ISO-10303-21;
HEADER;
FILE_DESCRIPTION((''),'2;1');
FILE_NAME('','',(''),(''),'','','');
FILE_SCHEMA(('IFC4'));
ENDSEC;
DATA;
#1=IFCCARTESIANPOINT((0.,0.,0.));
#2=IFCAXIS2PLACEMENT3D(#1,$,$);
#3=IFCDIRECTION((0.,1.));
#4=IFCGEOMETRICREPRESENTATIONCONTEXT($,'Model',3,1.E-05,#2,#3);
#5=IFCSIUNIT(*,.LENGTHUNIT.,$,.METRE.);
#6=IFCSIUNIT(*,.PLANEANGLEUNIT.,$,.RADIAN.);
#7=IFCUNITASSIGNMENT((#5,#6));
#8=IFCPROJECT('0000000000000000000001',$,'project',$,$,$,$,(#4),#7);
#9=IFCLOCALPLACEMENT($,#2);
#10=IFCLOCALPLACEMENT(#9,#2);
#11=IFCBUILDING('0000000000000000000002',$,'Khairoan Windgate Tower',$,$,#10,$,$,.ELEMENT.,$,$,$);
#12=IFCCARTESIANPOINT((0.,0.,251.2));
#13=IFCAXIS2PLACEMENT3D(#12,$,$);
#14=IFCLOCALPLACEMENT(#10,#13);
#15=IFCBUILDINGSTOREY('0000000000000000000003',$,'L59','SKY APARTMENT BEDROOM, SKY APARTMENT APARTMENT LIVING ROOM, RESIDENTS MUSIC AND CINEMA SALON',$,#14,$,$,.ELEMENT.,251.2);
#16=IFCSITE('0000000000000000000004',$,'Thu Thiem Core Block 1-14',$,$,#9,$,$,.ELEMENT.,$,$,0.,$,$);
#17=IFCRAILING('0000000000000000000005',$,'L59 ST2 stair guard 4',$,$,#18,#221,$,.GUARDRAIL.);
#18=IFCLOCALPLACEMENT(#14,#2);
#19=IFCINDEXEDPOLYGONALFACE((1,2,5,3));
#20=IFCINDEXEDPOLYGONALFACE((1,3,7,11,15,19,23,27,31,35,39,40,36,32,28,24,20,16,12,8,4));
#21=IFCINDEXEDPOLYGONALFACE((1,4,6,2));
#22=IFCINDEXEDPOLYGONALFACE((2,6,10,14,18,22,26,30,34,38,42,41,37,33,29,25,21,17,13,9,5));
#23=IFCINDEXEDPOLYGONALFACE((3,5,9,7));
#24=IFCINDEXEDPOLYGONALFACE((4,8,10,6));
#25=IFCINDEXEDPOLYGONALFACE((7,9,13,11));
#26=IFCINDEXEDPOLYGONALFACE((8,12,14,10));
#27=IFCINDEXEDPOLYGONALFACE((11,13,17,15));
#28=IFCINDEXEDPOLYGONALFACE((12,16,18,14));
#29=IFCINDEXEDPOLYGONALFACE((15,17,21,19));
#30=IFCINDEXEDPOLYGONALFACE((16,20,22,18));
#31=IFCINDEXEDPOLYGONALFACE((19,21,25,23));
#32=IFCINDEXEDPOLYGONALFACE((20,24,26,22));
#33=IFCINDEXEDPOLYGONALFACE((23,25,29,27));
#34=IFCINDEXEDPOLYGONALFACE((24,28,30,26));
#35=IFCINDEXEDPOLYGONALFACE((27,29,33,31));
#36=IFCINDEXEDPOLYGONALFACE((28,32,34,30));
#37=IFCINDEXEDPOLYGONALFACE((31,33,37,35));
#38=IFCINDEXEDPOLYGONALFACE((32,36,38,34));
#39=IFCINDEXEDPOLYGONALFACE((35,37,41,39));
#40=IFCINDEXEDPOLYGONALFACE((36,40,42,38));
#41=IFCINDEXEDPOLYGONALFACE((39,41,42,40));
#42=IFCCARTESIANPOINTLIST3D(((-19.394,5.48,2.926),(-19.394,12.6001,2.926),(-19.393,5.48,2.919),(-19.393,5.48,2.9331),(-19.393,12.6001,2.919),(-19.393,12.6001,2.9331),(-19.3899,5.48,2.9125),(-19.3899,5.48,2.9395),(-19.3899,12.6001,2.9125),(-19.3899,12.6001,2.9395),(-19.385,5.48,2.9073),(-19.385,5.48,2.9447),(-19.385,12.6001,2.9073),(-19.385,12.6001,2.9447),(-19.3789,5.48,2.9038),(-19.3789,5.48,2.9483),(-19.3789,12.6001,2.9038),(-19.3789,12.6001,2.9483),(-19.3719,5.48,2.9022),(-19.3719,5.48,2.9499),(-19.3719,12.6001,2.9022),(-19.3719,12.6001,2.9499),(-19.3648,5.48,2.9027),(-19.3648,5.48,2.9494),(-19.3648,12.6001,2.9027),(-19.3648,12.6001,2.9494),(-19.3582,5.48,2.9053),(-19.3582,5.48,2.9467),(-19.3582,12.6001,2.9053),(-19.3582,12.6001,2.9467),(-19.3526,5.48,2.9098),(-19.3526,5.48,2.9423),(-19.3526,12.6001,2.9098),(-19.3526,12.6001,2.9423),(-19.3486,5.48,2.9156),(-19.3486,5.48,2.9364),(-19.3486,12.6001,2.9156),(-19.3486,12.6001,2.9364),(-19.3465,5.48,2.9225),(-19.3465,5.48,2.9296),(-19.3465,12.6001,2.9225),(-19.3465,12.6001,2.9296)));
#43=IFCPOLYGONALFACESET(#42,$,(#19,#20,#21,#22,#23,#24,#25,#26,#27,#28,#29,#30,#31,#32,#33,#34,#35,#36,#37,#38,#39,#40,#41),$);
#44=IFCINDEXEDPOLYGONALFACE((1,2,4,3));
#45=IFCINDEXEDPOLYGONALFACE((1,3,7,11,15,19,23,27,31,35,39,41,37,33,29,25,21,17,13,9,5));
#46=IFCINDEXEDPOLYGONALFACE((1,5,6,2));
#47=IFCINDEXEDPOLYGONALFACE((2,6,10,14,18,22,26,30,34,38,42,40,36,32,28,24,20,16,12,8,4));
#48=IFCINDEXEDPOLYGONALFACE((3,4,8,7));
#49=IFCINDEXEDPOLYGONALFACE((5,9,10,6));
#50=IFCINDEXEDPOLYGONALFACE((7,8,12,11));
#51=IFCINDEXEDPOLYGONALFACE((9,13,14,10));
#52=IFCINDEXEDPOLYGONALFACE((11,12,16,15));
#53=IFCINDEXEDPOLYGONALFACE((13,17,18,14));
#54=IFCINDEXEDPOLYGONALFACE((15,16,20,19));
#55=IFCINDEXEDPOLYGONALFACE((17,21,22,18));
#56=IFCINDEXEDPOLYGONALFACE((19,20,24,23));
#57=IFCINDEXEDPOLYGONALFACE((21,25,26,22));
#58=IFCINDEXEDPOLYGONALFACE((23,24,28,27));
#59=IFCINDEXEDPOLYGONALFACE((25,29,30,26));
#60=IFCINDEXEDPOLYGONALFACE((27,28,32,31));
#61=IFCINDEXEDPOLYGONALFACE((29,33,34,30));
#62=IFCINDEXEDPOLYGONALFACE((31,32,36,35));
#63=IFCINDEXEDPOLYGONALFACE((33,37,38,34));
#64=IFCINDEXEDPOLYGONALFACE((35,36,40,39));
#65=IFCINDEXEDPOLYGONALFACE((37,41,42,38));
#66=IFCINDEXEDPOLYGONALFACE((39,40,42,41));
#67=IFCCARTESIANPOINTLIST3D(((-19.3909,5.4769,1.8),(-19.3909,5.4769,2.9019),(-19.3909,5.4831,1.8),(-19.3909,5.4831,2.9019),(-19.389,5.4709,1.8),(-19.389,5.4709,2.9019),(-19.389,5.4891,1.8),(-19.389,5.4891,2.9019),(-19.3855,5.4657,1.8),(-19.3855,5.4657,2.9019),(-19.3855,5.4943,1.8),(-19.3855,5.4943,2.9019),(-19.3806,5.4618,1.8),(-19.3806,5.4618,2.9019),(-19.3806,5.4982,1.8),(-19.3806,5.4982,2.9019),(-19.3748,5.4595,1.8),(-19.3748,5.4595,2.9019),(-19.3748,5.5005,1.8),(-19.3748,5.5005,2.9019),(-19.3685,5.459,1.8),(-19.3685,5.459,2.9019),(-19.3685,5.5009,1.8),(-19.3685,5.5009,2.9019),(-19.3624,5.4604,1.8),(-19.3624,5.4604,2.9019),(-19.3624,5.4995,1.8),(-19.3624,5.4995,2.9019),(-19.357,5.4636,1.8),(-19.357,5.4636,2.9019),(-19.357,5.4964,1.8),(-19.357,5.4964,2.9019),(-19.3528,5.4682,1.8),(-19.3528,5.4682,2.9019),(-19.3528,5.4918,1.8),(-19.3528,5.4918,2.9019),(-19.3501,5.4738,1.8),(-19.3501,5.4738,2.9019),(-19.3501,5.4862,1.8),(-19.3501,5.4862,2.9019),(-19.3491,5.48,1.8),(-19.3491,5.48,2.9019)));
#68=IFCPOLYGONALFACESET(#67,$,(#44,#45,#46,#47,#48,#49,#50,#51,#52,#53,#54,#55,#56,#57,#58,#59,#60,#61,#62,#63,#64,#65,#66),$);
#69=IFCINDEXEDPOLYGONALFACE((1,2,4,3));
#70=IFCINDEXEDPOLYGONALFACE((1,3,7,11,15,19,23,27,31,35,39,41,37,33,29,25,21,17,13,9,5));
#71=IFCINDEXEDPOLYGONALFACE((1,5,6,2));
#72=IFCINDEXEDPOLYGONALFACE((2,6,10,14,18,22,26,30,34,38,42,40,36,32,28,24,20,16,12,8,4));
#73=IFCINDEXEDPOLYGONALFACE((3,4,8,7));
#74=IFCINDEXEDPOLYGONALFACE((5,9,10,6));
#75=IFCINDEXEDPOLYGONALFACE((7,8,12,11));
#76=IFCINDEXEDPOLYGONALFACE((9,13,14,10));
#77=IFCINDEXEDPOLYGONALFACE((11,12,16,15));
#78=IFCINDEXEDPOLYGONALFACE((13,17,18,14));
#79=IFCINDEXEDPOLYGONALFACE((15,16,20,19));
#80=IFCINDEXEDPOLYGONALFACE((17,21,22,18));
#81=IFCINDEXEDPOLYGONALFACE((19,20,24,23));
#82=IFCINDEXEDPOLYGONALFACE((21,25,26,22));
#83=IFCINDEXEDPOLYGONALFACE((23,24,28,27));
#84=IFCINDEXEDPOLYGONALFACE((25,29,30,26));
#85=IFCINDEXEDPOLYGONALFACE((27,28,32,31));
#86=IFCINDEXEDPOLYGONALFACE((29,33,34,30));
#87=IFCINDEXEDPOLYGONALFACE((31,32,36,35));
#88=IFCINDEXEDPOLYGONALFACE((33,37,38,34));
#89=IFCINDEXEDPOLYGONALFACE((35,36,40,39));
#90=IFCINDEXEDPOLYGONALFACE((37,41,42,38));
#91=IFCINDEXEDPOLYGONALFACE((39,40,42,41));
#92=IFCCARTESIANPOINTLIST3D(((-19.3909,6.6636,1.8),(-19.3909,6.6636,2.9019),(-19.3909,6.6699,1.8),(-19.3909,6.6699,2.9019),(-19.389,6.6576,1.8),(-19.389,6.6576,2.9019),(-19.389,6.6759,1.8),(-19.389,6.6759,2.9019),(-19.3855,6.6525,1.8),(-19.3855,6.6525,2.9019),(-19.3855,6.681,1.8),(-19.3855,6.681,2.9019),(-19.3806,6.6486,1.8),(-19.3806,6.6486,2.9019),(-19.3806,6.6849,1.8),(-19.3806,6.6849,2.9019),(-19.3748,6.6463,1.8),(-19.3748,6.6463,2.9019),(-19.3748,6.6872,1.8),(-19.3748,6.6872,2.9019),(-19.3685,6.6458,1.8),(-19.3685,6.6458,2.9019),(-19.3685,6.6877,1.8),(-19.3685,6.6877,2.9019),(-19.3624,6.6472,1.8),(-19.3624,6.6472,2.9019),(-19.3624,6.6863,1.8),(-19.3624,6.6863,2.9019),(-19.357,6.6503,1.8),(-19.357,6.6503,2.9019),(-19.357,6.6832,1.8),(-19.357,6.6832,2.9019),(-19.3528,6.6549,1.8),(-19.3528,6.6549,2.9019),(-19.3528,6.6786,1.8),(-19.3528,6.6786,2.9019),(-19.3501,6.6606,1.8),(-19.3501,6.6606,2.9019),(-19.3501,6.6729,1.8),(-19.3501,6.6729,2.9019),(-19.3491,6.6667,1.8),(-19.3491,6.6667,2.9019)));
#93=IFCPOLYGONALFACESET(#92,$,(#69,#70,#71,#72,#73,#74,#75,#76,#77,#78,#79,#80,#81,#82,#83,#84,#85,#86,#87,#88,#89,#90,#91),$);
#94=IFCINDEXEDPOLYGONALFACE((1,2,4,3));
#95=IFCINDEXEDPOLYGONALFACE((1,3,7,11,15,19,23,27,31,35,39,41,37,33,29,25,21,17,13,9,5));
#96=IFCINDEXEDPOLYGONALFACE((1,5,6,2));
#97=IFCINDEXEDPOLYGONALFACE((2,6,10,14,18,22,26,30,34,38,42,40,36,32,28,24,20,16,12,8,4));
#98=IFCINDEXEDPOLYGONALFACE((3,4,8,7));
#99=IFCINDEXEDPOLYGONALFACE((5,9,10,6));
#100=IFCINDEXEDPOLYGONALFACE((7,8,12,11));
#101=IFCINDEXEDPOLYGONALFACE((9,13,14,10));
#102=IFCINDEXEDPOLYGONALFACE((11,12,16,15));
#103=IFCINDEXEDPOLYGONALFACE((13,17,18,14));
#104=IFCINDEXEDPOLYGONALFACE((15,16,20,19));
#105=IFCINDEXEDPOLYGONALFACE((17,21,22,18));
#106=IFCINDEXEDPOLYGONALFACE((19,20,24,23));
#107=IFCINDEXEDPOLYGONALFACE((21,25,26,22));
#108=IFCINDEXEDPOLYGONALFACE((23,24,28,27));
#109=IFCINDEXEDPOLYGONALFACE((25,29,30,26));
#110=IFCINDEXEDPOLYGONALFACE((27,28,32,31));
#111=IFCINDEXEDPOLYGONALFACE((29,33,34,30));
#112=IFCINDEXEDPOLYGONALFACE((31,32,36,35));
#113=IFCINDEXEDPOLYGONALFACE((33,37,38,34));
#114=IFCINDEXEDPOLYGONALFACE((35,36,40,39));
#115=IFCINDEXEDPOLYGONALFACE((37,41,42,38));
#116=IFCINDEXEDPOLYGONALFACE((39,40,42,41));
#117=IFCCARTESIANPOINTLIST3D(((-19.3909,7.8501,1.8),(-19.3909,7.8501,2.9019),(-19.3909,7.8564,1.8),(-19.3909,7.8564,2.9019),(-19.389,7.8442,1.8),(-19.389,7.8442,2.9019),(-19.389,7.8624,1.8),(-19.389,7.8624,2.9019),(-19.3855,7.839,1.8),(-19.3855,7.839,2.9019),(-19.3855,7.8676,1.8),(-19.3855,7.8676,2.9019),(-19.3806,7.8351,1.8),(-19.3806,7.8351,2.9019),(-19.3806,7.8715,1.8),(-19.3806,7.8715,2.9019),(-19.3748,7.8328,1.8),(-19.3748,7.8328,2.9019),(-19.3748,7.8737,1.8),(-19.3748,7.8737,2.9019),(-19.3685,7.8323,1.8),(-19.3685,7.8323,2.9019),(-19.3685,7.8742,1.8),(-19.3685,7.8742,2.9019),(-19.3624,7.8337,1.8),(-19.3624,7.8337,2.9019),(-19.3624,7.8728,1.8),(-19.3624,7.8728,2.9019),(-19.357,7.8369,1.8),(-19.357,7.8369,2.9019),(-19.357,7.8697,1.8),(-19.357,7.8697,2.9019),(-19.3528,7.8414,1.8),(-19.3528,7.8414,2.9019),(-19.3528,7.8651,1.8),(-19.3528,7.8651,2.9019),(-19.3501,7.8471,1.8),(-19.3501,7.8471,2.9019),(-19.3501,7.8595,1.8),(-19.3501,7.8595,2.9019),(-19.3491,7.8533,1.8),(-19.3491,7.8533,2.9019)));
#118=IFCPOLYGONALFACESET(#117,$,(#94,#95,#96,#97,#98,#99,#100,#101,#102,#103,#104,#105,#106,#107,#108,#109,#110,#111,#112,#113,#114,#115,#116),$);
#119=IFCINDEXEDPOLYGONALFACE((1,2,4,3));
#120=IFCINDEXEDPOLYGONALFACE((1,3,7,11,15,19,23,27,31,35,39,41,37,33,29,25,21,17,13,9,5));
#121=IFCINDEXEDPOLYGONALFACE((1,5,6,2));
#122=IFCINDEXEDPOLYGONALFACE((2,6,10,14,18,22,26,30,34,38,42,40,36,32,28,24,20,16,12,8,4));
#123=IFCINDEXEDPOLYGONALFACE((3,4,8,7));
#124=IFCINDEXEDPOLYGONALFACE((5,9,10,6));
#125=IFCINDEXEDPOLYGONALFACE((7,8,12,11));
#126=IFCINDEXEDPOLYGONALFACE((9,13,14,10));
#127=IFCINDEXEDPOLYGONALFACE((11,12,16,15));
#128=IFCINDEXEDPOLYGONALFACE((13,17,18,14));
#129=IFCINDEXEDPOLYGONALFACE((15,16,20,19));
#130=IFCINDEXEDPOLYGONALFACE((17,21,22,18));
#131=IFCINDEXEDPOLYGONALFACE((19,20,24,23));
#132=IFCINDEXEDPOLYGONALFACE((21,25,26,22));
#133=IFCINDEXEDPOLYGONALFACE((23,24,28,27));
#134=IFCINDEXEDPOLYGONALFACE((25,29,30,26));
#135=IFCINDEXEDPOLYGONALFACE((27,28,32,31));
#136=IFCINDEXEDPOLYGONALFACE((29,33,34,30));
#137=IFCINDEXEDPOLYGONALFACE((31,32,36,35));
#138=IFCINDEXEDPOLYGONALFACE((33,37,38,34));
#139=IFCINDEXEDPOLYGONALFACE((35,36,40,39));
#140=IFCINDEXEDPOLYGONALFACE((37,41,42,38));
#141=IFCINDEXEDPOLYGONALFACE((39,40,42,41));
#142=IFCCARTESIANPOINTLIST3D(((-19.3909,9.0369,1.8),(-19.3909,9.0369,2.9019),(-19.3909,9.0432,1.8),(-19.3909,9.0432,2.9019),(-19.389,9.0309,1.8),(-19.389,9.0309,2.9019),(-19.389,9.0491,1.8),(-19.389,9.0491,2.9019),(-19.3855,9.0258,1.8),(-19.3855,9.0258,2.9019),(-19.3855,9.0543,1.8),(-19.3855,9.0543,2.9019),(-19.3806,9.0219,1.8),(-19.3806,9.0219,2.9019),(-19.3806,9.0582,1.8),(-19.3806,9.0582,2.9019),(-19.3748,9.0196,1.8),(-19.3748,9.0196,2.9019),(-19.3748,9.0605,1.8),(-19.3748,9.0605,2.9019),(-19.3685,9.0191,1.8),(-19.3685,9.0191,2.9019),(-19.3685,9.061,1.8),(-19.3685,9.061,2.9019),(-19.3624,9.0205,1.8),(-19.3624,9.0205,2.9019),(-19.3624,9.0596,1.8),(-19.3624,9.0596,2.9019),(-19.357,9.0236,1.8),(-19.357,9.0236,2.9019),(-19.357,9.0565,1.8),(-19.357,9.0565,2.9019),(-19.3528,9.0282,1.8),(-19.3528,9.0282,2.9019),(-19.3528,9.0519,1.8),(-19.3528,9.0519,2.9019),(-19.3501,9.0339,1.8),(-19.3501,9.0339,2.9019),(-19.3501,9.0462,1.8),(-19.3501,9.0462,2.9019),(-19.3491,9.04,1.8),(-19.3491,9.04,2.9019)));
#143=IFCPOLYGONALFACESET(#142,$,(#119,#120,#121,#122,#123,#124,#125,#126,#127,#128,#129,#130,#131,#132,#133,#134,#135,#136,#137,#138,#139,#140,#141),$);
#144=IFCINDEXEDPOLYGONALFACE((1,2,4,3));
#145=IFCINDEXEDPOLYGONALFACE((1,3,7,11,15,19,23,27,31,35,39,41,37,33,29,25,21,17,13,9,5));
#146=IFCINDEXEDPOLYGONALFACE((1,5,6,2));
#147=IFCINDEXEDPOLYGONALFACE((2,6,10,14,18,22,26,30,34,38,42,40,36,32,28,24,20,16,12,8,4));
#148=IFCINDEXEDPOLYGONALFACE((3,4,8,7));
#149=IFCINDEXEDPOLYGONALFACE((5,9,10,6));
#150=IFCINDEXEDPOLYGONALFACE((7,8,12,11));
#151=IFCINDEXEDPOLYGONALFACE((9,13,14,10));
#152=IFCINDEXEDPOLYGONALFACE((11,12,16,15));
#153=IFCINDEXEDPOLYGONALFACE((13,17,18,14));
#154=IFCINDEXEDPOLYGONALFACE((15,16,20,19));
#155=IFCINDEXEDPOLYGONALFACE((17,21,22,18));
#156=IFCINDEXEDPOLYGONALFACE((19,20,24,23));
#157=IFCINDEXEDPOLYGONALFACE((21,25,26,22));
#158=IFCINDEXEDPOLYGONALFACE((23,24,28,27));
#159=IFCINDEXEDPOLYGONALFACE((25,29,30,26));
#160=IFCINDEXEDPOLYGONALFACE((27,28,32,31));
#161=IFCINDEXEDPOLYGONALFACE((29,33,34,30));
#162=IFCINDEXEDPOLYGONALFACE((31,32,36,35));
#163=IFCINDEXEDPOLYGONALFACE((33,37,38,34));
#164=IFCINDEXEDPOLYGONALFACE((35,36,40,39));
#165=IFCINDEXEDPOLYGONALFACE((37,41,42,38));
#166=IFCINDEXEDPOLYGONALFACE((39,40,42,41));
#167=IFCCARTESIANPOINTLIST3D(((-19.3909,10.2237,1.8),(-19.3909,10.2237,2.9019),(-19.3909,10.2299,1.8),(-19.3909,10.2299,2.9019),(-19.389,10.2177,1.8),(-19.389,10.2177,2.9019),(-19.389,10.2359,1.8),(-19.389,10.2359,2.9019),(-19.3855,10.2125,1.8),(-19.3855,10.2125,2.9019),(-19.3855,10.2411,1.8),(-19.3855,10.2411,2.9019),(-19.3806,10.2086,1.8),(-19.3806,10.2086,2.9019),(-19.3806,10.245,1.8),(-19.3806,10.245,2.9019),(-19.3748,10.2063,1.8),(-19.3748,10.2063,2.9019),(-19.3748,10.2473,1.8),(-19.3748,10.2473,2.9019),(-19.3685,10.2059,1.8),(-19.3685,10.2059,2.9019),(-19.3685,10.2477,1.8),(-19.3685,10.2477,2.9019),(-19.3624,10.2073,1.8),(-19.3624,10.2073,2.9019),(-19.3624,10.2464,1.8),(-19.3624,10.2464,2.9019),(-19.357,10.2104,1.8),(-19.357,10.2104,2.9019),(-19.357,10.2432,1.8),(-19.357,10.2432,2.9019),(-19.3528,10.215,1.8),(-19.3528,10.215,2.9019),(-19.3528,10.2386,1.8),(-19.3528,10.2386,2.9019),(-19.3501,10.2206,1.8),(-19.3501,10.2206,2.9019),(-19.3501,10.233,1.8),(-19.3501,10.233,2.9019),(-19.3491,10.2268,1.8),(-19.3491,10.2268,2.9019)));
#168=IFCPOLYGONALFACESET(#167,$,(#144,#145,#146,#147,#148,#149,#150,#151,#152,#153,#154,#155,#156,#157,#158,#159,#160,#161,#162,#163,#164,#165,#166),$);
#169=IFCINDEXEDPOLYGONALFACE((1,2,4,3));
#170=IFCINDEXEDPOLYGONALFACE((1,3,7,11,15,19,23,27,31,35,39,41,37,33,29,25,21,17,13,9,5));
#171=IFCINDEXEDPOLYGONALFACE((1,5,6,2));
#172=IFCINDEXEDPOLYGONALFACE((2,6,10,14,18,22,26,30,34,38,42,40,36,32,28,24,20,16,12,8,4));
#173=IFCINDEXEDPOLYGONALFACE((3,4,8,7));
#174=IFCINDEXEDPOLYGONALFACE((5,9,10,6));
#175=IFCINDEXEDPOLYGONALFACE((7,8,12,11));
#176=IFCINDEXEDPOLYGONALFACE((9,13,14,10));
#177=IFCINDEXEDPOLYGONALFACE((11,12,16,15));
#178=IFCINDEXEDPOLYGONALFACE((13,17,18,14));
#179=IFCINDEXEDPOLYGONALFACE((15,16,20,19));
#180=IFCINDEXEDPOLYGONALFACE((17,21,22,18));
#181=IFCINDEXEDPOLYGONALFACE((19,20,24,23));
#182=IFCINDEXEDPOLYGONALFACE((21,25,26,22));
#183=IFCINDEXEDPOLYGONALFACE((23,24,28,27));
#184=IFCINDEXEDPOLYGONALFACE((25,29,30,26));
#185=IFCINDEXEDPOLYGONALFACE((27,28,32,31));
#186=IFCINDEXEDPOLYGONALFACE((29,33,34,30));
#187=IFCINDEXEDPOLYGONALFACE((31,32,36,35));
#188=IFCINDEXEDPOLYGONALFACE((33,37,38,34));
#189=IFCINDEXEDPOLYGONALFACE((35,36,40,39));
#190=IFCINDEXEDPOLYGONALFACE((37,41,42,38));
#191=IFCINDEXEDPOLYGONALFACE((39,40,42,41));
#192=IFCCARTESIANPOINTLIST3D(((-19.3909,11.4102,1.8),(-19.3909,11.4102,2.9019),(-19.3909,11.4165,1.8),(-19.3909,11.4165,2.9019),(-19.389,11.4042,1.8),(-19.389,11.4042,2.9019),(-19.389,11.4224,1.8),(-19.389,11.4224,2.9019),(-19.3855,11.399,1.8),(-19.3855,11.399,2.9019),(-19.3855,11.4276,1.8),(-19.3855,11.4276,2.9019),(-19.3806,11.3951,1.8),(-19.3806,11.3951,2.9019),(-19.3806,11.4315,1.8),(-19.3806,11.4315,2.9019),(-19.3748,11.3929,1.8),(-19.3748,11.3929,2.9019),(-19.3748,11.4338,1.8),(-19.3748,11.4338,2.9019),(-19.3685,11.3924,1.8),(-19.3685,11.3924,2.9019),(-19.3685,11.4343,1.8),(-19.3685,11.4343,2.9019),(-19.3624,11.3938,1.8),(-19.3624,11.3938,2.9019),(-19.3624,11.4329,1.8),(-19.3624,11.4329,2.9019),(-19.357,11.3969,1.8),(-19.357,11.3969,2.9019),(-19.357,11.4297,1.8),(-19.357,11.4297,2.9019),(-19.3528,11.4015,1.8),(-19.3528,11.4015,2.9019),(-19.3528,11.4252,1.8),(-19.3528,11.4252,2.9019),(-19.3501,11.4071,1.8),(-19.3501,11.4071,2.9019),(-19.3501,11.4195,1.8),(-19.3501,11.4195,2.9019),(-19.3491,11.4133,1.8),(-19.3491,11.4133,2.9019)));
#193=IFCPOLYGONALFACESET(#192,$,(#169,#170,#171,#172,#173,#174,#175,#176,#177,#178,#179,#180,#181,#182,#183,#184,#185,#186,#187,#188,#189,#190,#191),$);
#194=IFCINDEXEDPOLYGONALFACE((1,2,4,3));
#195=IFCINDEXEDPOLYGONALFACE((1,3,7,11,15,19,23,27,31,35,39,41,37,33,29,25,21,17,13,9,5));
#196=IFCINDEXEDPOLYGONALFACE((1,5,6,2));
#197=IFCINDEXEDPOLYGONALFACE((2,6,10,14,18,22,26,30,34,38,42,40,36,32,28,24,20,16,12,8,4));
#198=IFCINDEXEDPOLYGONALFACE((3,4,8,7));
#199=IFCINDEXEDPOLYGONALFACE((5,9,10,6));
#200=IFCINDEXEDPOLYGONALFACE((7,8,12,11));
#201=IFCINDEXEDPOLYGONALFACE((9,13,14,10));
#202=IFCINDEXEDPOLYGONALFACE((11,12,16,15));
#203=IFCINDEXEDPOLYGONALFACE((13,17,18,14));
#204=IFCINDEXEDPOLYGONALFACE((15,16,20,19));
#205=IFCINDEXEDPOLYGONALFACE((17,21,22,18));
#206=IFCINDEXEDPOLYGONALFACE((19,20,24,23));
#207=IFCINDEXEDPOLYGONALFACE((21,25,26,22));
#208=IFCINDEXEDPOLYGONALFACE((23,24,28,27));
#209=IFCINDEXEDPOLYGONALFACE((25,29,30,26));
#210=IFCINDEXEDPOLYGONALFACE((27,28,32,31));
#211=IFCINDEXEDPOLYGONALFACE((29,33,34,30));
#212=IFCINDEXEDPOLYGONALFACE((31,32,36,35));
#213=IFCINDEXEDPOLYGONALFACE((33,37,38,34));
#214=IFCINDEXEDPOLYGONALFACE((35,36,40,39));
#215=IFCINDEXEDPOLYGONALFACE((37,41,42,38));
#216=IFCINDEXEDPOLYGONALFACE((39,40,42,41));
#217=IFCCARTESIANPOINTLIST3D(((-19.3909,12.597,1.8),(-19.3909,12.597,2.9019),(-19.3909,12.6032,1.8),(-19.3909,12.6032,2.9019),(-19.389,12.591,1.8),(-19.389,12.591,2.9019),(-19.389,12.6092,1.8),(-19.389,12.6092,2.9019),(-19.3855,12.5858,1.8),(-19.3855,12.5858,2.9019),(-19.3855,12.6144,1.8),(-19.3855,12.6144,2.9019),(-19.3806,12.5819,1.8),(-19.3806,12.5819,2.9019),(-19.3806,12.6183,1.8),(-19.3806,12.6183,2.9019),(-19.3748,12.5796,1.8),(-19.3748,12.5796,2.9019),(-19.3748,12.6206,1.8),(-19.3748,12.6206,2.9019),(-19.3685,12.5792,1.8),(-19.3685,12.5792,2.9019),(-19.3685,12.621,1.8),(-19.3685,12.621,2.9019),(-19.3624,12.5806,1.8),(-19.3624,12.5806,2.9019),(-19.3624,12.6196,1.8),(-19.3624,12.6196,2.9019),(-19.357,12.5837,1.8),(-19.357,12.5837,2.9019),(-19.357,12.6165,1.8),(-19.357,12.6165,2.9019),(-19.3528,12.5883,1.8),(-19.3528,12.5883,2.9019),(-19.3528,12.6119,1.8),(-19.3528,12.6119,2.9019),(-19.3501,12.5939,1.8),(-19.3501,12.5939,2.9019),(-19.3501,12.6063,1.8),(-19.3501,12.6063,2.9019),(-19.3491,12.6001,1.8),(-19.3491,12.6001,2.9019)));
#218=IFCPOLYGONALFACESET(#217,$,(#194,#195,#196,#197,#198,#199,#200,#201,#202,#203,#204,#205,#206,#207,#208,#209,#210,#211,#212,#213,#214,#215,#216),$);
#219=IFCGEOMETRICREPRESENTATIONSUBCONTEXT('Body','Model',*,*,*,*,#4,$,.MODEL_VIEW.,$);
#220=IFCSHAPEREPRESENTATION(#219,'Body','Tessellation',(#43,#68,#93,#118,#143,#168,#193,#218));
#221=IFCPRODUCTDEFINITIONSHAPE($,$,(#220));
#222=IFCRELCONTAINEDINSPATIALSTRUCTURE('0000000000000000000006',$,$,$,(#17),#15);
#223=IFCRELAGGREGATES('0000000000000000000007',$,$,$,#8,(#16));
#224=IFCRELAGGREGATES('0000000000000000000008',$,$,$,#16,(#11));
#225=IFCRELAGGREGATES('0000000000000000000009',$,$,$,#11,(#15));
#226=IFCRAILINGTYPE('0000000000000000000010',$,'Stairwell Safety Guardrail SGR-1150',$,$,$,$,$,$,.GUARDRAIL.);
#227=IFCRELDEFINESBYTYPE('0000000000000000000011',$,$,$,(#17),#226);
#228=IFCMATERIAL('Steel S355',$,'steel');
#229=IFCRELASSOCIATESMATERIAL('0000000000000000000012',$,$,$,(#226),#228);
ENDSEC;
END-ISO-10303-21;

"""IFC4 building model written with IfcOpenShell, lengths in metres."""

from ifc_helpers import new_model, si_unit, direction, frame, origin, origin_2d, place, context, subcontext, project, spatial, circle, extrude, material, type_object, element, save


model = new_model("IFC4")

# Units and contexts
model_context = context("Model", 3, precision=1e-05, world=origin(), true_north=direction((0.0, 1.0)))
body_context = subcontext(model_context, "Body", "Model", "MODEL_VIEW")
ifc_project = project(units=[si_unit("LENGTHUNIT", "METRE"), si_unit("PLANEANGLEUNIT", "RADIAN")], contexts=[model_context])

# Site, building, storey
site_placement = place(None, origin())
site = spatial("IfcSite", under=ifc_project, at=site_placement, Name="Thu Thiem Core Block 1-14", CompositionType="ELEMENT", RefElevation=0.0)
building_placement = place(site_placement, origin())
building = spatial("IfcBuilding", under=site, at=building_placement, Name="Khairoan Windgate Tower", CompositionType="ELEMENT")
storey_placement = place(building_placement, frame((0.0, 0.0, 251.2)))
storey = spatial("IfcBuildingStorey", under=building, at=storey_placement, Name="L59", Description="SKY APARTMENT BEDROOM, SKY APARTMENT APARTMENT LIVING ROOM, RESIDENTS MUSIC AND CINEMA SALON", CompositionType="ELEMENT", Elevation=251.2)

# Railing
ifc_material_1 = material(Name="Steel S355", Category="steel")
railing_type_1 = type_object("IfcRailingType", Name="Stairwell Safety Guardrail SGR-1150", PredefinedType="GUARDRAIL", material=ifc_material_1)
railing_1_placement = place(storey_placement, frame((-19.3701, 5.48, 1.8)))
element("IfcRailing", 1, at=railing_1_placement, inside=storey, type_object=railing_type_1, Name="L59 ST2 stair guard 4", PredefinedType="GUARDRAIL", context=body_context, shape_type="SweptSolid", body=[
    extrude(circle(Radius=0.0239, at=origin_2d()), frame((0.0, 0.0, 1.126), z_axis=(0.0, 1.0, 0.0), x_axis=(-1.0, 0.0, 0.0)), (0.0, 0.0, 1.0), 7.1201),
    extrude(circle(Radius=0.021, at=origin_2d()), origin(), (0.0, 0.0, 1.0), 1.1018),
    extrude(circle(Radius=0.021, at=origin_2d()), frame((0.0, 1.1868, 0.0)), (0.0, 0.0, 1.0), 1.1018),
    extrude(circle(Radius=0.021, at=origin_2d()), frame((0.0, 2.3733, 0.0)), (0.0, 0.0, 1.0), 1.1018),
    extrude(circle(Radius=0.021, at=origin_2d()), frame((0.0, 3.5601, 0.0)), (0.0, 0.0, 1.0), 1.1018),
    extrude(circle(Radius=0.021, at=origin_2d()), frame((0.0, 4.7468, 0.0)), (0.0, 0.0, 1.0), 1.1018),
    extrude(circle(Radius=0.021, at=origin_2d()), frame((0.0, 5.9333, 0.0)), (0.0, 0.0, 1.0), 1.1018),
    extrude(circle(Radius=0.021, at=origin_2d()), frame((0.0, 7.1201, 0.0)), (0.0, 0.0, 1.0), 1.1018),
])

save(model, "model.ifc")
